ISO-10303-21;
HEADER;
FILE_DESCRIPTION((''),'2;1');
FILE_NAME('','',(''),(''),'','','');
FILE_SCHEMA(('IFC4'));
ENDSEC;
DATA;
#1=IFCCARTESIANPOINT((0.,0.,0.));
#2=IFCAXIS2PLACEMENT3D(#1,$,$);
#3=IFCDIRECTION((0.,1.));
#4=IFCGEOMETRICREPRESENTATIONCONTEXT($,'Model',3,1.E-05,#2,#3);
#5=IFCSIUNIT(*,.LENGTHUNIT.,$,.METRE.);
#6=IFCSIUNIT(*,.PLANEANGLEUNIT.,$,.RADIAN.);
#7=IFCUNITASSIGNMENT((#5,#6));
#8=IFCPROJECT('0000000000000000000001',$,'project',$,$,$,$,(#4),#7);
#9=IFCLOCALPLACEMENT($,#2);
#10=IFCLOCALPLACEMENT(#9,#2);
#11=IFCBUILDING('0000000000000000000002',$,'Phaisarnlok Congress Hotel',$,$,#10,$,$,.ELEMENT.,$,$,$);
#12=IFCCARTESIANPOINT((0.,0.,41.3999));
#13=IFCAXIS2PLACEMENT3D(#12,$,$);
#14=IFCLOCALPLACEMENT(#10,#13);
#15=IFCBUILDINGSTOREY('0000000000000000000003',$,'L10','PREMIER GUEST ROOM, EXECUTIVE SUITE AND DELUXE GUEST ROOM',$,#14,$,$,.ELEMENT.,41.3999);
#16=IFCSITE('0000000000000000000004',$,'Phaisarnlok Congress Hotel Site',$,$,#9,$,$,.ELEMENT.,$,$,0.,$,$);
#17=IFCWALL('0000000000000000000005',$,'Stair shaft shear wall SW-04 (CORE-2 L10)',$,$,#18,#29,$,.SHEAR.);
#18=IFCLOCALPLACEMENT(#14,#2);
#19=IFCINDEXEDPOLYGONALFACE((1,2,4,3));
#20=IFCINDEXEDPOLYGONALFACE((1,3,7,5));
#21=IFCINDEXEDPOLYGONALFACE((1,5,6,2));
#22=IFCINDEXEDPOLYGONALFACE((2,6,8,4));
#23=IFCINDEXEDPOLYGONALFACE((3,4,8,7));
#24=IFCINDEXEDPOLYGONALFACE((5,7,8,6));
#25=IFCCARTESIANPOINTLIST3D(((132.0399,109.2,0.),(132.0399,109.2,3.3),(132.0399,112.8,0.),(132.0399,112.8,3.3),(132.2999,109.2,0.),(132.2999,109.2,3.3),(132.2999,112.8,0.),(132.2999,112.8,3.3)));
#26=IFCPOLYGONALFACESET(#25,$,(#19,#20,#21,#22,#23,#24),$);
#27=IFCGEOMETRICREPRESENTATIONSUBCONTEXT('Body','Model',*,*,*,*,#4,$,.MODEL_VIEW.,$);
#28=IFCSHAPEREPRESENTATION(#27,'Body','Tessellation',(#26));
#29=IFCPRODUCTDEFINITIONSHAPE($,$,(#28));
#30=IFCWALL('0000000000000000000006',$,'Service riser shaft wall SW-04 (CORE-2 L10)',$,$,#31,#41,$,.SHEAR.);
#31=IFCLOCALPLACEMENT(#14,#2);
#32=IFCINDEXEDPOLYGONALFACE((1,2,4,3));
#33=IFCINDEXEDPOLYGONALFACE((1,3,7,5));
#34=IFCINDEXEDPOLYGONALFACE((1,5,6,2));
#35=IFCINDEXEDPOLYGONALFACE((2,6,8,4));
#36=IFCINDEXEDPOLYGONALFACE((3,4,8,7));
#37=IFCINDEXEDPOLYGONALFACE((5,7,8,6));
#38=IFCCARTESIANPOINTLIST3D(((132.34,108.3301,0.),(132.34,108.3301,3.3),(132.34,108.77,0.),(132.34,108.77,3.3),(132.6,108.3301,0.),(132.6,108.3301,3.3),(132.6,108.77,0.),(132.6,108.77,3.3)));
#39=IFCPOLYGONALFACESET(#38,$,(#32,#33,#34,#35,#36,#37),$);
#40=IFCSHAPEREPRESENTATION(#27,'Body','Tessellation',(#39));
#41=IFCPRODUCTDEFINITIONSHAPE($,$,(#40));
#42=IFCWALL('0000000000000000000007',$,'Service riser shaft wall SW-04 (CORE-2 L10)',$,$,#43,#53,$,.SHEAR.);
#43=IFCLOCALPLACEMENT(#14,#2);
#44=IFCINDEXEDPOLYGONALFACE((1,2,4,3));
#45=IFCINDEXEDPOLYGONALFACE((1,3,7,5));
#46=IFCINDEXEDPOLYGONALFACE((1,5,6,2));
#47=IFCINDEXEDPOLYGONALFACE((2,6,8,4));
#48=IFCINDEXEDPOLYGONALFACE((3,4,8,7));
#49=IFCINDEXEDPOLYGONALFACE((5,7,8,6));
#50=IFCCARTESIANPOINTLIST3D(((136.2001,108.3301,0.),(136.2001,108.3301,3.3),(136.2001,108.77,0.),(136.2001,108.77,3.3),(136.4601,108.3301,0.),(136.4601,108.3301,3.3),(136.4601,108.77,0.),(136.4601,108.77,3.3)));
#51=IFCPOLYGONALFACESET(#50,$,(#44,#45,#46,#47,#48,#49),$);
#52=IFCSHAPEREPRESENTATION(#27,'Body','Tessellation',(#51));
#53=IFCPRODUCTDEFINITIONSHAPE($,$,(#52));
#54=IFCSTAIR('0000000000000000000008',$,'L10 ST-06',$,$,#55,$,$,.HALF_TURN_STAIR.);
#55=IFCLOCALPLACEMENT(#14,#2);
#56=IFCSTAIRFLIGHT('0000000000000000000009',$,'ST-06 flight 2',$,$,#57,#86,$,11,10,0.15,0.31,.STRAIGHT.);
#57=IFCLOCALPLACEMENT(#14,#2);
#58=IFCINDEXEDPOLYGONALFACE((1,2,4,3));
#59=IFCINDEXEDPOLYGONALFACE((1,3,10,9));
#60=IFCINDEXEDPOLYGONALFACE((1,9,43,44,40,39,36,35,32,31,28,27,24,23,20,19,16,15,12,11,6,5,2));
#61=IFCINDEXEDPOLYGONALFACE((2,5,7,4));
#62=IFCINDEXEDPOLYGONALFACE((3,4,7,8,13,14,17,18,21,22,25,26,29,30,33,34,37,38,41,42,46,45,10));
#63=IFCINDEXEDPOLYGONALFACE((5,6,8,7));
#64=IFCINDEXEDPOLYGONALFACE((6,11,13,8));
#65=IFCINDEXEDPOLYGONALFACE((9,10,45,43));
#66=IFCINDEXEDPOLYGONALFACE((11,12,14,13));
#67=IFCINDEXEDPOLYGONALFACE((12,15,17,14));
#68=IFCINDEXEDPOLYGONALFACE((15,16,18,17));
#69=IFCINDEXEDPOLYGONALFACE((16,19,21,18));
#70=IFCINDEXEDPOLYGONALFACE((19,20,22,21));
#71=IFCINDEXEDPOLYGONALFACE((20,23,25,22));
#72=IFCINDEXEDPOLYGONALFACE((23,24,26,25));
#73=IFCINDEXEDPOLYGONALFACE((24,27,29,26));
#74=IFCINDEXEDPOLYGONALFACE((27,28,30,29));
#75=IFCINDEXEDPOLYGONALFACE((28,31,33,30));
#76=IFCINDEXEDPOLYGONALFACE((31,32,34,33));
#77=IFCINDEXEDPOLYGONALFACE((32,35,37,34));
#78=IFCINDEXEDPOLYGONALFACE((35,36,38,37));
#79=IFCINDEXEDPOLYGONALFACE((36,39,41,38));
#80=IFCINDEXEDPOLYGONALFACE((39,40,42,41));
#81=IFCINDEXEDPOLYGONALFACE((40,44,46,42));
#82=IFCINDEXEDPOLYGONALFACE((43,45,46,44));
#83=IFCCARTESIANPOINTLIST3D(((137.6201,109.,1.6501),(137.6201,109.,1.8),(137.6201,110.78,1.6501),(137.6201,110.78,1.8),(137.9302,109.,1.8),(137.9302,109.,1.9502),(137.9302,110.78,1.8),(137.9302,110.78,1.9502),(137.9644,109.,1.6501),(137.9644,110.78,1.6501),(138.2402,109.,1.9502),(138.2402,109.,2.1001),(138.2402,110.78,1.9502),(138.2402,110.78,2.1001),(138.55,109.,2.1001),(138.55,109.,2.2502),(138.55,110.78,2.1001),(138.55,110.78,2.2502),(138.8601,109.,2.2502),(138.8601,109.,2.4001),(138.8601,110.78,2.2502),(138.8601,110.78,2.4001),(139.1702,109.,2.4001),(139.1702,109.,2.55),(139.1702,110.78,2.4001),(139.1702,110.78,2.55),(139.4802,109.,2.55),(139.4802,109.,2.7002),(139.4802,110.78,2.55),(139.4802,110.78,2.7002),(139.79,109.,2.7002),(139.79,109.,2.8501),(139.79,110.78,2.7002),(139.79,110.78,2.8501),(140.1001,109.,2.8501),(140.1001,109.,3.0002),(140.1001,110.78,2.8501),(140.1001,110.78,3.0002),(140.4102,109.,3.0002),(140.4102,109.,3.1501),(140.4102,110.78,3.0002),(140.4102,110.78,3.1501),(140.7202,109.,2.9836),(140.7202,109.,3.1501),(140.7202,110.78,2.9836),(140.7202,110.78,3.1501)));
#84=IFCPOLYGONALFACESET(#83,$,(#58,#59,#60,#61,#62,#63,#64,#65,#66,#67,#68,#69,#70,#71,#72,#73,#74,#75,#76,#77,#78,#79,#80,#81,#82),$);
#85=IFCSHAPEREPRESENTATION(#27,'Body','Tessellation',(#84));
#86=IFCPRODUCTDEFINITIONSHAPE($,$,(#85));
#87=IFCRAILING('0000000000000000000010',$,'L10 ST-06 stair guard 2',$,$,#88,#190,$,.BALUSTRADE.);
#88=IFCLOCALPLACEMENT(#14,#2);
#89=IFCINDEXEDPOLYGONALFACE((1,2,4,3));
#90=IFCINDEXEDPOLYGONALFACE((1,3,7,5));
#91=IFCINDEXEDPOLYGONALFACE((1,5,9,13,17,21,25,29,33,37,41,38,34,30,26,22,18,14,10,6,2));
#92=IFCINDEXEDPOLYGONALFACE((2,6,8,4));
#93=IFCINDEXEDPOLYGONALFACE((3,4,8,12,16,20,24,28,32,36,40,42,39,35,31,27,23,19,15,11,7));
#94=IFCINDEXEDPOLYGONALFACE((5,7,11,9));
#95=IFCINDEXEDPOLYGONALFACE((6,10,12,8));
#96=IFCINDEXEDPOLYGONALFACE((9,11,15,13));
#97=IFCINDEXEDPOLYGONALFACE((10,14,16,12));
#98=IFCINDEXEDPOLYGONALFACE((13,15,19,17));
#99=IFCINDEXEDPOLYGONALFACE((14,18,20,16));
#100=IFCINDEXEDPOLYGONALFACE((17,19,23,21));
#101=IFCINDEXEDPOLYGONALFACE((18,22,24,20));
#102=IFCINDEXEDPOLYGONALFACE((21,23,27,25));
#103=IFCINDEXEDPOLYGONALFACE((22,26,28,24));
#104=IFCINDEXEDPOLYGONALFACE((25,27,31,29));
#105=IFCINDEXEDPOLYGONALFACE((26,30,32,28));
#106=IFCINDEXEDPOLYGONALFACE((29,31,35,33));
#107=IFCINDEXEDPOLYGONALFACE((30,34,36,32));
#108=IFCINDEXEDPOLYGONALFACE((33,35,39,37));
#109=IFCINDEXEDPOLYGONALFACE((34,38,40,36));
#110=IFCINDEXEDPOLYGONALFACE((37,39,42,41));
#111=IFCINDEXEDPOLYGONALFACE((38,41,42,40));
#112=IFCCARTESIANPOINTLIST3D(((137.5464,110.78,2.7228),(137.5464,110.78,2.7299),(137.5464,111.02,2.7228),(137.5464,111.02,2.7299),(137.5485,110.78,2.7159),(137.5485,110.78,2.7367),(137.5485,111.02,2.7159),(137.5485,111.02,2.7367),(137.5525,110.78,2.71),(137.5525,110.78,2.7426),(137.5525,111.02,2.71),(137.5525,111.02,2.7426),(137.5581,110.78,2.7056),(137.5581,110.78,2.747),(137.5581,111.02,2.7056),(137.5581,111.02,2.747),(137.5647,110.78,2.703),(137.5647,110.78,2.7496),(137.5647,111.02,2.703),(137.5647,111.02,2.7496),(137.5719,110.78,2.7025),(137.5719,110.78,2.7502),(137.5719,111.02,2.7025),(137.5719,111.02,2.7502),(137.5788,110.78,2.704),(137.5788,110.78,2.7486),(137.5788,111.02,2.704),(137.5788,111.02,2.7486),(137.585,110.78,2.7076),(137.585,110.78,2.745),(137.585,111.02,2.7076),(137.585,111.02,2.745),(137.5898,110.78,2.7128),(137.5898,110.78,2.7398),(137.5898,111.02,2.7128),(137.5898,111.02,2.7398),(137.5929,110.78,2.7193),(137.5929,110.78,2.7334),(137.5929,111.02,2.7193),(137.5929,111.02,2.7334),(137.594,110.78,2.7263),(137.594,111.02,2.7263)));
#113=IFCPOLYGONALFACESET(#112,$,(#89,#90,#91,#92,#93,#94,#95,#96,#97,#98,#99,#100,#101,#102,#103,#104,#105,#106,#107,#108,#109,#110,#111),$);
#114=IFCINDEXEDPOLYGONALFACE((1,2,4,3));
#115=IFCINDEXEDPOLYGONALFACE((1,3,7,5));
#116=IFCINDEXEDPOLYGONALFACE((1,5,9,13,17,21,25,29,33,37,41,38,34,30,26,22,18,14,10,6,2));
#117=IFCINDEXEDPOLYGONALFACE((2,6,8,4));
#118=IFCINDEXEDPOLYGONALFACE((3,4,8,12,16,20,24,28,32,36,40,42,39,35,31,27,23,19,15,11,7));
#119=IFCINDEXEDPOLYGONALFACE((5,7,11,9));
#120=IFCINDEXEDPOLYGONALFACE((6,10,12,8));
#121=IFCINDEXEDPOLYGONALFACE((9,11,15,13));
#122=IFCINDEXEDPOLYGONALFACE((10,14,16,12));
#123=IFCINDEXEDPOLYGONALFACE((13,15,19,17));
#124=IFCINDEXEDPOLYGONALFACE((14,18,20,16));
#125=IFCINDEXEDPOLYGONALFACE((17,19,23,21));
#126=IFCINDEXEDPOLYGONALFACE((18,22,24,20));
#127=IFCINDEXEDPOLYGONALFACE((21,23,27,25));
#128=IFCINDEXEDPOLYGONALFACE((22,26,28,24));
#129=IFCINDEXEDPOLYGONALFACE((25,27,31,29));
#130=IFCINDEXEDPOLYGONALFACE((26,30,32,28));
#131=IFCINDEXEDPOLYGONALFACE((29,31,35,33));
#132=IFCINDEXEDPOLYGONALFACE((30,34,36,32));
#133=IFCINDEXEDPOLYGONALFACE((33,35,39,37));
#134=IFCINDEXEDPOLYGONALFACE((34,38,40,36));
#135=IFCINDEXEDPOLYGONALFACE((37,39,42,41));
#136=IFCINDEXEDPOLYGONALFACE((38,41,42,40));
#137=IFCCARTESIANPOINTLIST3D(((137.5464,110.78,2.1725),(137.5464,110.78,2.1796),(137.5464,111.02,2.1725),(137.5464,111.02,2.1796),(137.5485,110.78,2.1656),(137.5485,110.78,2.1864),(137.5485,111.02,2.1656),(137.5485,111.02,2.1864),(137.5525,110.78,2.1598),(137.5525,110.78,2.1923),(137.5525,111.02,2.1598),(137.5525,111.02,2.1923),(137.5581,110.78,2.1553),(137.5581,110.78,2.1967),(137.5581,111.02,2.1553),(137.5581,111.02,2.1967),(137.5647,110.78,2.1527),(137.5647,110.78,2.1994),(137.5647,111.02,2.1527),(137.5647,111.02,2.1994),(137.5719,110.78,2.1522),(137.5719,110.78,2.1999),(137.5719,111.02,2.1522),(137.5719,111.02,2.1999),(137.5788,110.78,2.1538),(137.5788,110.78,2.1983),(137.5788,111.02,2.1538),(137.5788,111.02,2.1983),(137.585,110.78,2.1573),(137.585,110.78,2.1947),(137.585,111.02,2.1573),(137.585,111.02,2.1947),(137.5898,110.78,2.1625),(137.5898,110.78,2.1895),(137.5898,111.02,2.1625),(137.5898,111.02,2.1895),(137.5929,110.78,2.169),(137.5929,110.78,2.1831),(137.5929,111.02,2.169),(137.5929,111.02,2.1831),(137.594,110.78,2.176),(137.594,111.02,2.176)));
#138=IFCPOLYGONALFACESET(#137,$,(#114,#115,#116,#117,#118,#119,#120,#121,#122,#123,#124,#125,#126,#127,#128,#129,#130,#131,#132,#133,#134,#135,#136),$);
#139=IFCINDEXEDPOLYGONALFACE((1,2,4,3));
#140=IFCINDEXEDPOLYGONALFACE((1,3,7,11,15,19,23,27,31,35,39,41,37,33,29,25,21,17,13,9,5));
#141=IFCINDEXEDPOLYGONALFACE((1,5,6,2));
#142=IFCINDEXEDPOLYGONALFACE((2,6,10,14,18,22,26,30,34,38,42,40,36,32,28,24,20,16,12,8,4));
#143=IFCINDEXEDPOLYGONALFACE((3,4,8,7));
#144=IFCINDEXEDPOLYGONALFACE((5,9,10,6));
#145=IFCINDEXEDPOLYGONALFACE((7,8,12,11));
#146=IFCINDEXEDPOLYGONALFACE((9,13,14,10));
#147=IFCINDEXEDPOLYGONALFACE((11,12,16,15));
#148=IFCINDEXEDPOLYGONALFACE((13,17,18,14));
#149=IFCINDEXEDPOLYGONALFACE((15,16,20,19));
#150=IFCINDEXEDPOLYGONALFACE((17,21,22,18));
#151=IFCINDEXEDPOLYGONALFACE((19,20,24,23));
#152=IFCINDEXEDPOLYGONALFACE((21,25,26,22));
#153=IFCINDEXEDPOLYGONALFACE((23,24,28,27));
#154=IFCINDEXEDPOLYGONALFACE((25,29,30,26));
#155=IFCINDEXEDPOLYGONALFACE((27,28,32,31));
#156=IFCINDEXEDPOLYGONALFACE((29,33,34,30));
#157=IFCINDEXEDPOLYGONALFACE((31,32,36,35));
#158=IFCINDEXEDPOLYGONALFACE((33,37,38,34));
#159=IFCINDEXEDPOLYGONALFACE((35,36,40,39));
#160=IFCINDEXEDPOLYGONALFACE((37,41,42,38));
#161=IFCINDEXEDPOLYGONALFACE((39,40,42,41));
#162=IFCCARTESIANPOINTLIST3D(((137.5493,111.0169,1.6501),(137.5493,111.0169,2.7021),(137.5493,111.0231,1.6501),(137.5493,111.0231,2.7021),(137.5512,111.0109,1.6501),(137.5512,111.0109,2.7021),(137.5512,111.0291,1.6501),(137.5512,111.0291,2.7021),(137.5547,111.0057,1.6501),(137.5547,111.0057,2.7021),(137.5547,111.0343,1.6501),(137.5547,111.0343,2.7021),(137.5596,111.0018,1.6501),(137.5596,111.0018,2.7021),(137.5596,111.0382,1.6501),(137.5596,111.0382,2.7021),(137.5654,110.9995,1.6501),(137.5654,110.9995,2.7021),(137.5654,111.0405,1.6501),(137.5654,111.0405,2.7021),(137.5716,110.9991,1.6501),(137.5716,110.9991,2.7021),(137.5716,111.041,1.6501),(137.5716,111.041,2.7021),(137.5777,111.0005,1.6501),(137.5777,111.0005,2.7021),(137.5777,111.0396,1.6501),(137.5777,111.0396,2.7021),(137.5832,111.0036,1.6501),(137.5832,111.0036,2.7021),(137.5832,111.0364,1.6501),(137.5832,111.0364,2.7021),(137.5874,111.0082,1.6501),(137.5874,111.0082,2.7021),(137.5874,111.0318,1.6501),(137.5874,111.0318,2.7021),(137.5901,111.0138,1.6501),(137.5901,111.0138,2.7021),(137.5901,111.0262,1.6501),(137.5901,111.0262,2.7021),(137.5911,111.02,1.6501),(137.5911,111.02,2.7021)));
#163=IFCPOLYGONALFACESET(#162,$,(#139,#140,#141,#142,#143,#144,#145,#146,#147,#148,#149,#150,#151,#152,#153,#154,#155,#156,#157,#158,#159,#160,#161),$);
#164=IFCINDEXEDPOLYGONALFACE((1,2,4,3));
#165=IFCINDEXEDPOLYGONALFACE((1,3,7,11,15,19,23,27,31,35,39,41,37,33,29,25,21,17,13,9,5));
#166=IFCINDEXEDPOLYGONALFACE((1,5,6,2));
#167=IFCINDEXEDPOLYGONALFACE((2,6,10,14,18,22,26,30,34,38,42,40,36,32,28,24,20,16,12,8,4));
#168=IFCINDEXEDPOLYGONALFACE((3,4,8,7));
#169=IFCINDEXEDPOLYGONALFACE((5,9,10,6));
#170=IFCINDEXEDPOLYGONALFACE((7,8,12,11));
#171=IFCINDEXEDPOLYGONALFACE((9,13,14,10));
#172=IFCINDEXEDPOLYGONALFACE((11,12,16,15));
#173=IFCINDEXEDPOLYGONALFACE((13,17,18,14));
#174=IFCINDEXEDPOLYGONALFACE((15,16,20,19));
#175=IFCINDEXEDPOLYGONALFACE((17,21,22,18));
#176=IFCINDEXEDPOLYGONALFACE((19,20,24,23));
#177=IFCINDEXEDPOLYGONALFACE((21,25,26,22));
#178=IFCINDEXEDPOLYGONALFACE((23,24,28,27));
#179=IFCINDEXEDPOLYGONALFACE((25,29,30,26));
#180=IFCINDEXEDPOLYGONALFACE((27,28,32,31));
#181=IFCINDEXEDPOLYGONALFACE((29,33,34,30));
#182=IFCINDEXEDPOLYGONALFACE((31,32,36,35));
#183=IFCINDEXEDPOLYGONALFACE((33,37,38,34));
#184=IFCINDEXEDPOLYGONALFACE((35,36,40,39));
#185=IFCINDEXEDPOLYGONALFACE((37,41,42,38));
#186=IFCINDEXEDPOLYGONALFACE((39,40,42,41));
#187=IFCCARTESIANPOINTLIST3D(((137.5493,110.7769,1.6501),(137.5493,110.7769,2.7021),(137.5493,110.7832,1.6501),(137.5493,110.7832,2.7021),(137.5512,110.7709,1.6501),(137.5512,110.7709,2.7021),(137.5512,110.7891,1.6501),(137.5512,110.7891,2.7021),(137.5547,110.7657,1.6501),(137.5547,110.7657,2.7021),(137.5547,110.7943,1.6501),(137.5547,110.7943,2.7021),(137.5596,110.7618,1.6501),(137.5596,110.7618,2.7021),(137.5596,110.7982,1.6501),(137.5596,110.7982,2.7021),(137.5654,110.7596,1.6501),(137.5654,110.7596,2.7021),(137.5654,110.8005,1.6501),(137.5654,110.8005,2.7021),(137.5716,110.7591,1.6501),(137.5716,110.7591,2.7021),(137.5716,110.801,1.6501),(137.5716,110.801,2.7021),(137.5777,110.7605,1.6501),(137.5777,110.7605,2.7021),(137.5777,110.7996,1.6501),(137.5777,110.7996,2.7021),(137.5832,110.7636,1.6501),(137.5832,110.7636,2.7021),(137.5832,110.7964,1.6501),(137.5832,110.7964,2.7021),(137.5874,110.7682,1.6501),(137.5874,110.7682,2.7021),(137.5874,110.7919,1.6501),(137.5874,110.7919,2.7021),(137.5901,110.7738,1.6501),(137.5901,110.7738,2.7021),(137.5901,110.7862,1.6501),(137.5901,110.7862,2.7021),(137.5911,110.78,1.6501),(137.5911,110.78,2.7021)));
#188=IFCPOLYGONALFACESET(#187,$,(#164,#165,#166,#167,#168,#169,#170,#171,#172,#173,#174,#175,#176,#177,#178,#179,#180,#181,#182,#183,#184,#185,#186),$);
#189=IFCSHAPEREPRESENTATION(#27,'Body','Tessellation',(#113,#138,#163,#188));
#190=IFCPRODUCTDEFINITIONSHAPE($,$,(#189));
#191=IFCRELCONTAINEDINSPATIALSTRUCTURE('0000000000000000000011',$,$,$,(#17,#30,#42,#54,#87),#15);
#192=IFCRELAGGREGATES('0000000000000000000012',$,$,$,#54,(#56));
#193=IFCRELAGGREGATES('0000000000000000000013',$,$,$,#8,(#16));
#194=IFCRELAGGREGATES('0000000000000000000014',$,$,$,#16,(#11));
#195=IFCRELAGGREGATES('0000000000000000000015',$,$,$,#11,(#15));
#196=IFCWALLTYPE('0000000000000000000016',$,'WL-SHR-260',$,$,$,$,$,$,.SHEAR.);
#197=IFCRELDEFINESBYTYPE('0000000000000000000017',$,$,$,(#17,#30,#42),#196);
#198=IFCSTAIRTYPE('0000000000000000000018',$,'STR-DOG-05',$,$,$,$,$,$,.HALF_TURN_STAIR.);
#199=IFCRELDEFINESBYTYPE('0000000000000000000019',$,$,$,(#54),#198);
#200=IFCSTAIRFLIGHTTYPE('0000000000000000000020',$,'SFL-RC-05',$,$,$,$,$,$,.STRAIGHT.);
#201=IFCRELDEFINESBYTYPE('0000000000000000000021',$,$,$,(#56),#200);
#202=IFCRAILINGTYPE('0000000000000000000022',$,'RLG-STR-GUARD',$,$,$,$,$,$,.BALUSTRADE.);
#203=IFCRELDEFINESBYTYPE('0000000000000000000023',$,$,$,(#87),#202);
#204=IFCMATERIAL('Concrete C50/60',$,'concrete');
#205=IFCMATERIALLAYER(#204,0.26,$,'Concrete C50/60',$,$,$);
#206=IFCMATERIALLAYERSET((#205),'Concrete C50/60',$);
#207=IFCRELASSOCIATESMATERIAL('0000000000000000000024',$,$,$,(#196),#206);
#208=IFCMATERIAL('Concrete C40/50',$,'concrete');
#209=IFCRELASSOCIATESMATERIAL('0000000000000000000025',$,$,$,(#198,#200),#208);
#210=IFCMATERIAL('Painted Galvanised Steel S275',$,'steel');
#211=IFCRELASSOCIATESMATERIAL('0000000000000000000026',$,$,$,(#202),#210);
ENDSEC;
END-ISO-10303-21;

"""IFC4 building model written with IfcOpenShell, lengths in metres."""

from ifc_helpers import new_model, si_unit, direction, frame, frame_2d, origin, origin_2d, place, context, subcontext, project, spatial, polyline, rectangle, circle, outline, extrude, material, layer, layer_set, type_object, element, aggregate, save


model = new_model("IFC4")

# Units and contexts
model_context = context("Model", 3, precision=1e-05, world=origin(), true_north=direction((0.0, 1.0)))
body_context = subcontext(model_context, "Body", "Model", "MODEL_VIEW")
ifc_project = project(units=[si_unit("LENGTHUNIT", "METRE"), si_unit("PLANEANGLEUNIT", "RADIAN")], contexts=[model_context])

# Site, building, storey
site_placement = place(None, origin())
site = spatial("IfcSite", under=ifc_project, at=site_placement, Name="Phaisarnlok Congress Hotel Site", CompositionType="ELEMENT", RefElevation=0.0)
building_placement = place(site_placement, origin())
building = spatial("IfcBuilding", under=site, at=building_placement, Name="Phaisarnlok Congress Hotel", CompositionType="ELEMENT")
storey_placement = place(building_placement, frame((0.0, 0.0, 41.3999)))
storey = spatial("IfcBuildingStorey", under=building, at=storey_placement, Name="L10", Description="PREMIER GUEST ROOM, EXECUTIVE SUITE AND DELUXE GUEST ROOM", CompositionType="ELEMENT", Elevation=41.3999)

# Shared definitions
ifc_material_1 = material(Name="Concrete C50/60", Category="concrete")

# Shared definitions
ifc_material_2 = material(Name="Concrete C40/50", Category="concrete")

# Walls
ifc_layer_1 = layer(ifc_material_1, 0.26, Name="Concrete C50/60")
ifc_layer_set_1 = layer_set([ifc_layer_1], Name="Concrete C50/60")
wall_type_1 = type_object("IfcWallType", Name="WL-SHR-260", PredefinedType="SHEAR", material=ifc_layer_set_1)
wall_1_placement = place(storey_placement, frame((132.1699, 109.2, 0.0), z_axis=(0.0, 0.0, 1.0), x_axis=(0.0, 1.0, 0.0)))
element("IfcWall", 1, at=wall_1_placement, inside=storey, type_object=wall_type_1, Name="Stair shaft shear wall SW-04 (CORE-2 L10)", PredefinedType="SHEAR", context=body_context, shape_type="SweptSolid", body=[
    extrude(rectangle(XDim=3.6001, YDim=0.26, at=frame_2d((1.8, 0.0))), origin(), (0.0, 0.0, 1.0), 3.3),
])
for number, where, z_axis, x_axis, name in (
    (2, (132.47, 108.3301, 0.0), (0.0, 0.0, 1.0), (0.0, 1.0, 0.0), "Service riser shaft wall SW-04 (CORE-2 L10)"),
    (3, (136.3301, 108.3301, 0.0), (0.0, 0.0, 1.0), (0.0, 1.0, 0.0), "Service riser shaft wall SW-04 (CORE-2 L10)"),
):
    element("IfcWall", number, at=place(storey_placement, frame(where, z_axis=z_axis, x_axis=x_axis)), inside=storey, type_object=wall_type_1, Name=name, PredefinedType="SHEAR", context=body_context, shape_type="SweptSolid", body=[
        extrude(rectangle(XDim=0.4399, YDim=0.26, at=frame_2d((0.22, 0.0))), origin(), (0.0, 0.0, 1.0), 3.3),
    ])

# Stair, stair flight
stair_type = type_object("IfcStairType", Name="STR-DOG-05", PredefinedType="HALF_TURN_STAIR", material=ifc_material_2)
stair_placement = place(storey_placement, origin())
stair = element("IfcStair", 4, at=stair_placement, inside=storey, type_object=stair_type, Name="L10 ST-06", PredefinedType="HALF_TURN_STAIR")
stair_flight_type = type_object("IfcStairFlightType", Name="SFL-RC-05", PredefinedType="STRAIGHT", material=ifc_material_2)
stair_flight_placement = place(storey_placement, frame((137.6201, 109.8899, 1.6501), z_axis=(0.0, 0.0, 1.0), x_axis=(1.0, 0.0, 0.0)))
stair_flight = element("IfcStairFlight", 5, at=stair_flight_placement, type_object=stair_flight_type, Name="ST-06 flight 2", NumberOfRisers=11, NumberOfTreads=10, PredefinedType="STRAIGHT", RiserHeight=0.15, TreadLength=0.31, context=body_context, shape_type="SweptSolid", body=[
    extrude(outline(polyline([(0.0, 0.0), (0.0, 0.1499), (0.3101, 0.1499), (0.3101, 0.3), (0.6201, 0.3), (0.6201, 0.45), (0.9299, 0.45), (0.9299, 0.6001), (1.24, 0.6001), (1.24, 0.75), (1.55, 0.75), (1.55, 0.8999), (1.8601, 0.8999), (1.8601, 1.05), (2.1699, 1.05), (2.1699, 1.2), (2.48, 1.2), (2.48, 1.3501), (2.79, 1.3501), (2.79, 1.5), (3.1001, 1.5), (3.1001, 1.6499), (3.1001, 1.3335), (0.3442, 0.0), (0.0, 0.0)])), frame((0.0, 0.8901, 0.0), z_axis=(0.0, -1.0, 0.0), x_axis=(1.0, 0.0, 0.0)), (0.0, 0.0, 1.0), 1.78),
])
aggregate(stair, [stair_flight])

# Railing
ifc_material_3 = material(Name="Painted Galvanised Steel S275", Category="steel")
railing_type_1 = type_object("IfcRailingType", Name="RLG-STR-GUARD", PredefinedType="BALUSTRADE", material=ifc_material_3)
railing_1_placement = place(storey_placement, frame((137.5701, 111.02, 1.6501)))
element("IfcRailing", 6, at=railing_1_placement, inside=storey, type_object=railing_type_1, Name="L10 ST-06 stair guard 2", PredefinedType="BALUSTRADE", context=body_context, shape_type="SweptSolid", body=[
    extrude(circle(Radius=0.0239, at=origin_2d()), frame((0.0, 0.0, 1.0762), z_axis=(0.0, -1.0, 0.0), x_axis=(1.0, 0.0, 0.0)), (0.0, 0.0, 1.0), 0.24),
    extrude(circle(Radius=0.0239, at=origin_2d()), frame((0.0, 0.0, 0.5259), z_axis=(0.0, -1.0, 0.0), x_axis=(1.0, 0.0, 0.0)), (0.0, 0.0, 1.0), 0.24),
    extrude(circle(Radius=0.021, at=origin_2d()), origin(), (0.0, 0.0, 1.0), 1.052),
    extrude(circle(Radius=0.021, at=origin_2d()), frame((0.0, -0.24, 0.0)), (0.0, 0.0, 1.0), 1.052),
])

save(model, "model.ifc")
